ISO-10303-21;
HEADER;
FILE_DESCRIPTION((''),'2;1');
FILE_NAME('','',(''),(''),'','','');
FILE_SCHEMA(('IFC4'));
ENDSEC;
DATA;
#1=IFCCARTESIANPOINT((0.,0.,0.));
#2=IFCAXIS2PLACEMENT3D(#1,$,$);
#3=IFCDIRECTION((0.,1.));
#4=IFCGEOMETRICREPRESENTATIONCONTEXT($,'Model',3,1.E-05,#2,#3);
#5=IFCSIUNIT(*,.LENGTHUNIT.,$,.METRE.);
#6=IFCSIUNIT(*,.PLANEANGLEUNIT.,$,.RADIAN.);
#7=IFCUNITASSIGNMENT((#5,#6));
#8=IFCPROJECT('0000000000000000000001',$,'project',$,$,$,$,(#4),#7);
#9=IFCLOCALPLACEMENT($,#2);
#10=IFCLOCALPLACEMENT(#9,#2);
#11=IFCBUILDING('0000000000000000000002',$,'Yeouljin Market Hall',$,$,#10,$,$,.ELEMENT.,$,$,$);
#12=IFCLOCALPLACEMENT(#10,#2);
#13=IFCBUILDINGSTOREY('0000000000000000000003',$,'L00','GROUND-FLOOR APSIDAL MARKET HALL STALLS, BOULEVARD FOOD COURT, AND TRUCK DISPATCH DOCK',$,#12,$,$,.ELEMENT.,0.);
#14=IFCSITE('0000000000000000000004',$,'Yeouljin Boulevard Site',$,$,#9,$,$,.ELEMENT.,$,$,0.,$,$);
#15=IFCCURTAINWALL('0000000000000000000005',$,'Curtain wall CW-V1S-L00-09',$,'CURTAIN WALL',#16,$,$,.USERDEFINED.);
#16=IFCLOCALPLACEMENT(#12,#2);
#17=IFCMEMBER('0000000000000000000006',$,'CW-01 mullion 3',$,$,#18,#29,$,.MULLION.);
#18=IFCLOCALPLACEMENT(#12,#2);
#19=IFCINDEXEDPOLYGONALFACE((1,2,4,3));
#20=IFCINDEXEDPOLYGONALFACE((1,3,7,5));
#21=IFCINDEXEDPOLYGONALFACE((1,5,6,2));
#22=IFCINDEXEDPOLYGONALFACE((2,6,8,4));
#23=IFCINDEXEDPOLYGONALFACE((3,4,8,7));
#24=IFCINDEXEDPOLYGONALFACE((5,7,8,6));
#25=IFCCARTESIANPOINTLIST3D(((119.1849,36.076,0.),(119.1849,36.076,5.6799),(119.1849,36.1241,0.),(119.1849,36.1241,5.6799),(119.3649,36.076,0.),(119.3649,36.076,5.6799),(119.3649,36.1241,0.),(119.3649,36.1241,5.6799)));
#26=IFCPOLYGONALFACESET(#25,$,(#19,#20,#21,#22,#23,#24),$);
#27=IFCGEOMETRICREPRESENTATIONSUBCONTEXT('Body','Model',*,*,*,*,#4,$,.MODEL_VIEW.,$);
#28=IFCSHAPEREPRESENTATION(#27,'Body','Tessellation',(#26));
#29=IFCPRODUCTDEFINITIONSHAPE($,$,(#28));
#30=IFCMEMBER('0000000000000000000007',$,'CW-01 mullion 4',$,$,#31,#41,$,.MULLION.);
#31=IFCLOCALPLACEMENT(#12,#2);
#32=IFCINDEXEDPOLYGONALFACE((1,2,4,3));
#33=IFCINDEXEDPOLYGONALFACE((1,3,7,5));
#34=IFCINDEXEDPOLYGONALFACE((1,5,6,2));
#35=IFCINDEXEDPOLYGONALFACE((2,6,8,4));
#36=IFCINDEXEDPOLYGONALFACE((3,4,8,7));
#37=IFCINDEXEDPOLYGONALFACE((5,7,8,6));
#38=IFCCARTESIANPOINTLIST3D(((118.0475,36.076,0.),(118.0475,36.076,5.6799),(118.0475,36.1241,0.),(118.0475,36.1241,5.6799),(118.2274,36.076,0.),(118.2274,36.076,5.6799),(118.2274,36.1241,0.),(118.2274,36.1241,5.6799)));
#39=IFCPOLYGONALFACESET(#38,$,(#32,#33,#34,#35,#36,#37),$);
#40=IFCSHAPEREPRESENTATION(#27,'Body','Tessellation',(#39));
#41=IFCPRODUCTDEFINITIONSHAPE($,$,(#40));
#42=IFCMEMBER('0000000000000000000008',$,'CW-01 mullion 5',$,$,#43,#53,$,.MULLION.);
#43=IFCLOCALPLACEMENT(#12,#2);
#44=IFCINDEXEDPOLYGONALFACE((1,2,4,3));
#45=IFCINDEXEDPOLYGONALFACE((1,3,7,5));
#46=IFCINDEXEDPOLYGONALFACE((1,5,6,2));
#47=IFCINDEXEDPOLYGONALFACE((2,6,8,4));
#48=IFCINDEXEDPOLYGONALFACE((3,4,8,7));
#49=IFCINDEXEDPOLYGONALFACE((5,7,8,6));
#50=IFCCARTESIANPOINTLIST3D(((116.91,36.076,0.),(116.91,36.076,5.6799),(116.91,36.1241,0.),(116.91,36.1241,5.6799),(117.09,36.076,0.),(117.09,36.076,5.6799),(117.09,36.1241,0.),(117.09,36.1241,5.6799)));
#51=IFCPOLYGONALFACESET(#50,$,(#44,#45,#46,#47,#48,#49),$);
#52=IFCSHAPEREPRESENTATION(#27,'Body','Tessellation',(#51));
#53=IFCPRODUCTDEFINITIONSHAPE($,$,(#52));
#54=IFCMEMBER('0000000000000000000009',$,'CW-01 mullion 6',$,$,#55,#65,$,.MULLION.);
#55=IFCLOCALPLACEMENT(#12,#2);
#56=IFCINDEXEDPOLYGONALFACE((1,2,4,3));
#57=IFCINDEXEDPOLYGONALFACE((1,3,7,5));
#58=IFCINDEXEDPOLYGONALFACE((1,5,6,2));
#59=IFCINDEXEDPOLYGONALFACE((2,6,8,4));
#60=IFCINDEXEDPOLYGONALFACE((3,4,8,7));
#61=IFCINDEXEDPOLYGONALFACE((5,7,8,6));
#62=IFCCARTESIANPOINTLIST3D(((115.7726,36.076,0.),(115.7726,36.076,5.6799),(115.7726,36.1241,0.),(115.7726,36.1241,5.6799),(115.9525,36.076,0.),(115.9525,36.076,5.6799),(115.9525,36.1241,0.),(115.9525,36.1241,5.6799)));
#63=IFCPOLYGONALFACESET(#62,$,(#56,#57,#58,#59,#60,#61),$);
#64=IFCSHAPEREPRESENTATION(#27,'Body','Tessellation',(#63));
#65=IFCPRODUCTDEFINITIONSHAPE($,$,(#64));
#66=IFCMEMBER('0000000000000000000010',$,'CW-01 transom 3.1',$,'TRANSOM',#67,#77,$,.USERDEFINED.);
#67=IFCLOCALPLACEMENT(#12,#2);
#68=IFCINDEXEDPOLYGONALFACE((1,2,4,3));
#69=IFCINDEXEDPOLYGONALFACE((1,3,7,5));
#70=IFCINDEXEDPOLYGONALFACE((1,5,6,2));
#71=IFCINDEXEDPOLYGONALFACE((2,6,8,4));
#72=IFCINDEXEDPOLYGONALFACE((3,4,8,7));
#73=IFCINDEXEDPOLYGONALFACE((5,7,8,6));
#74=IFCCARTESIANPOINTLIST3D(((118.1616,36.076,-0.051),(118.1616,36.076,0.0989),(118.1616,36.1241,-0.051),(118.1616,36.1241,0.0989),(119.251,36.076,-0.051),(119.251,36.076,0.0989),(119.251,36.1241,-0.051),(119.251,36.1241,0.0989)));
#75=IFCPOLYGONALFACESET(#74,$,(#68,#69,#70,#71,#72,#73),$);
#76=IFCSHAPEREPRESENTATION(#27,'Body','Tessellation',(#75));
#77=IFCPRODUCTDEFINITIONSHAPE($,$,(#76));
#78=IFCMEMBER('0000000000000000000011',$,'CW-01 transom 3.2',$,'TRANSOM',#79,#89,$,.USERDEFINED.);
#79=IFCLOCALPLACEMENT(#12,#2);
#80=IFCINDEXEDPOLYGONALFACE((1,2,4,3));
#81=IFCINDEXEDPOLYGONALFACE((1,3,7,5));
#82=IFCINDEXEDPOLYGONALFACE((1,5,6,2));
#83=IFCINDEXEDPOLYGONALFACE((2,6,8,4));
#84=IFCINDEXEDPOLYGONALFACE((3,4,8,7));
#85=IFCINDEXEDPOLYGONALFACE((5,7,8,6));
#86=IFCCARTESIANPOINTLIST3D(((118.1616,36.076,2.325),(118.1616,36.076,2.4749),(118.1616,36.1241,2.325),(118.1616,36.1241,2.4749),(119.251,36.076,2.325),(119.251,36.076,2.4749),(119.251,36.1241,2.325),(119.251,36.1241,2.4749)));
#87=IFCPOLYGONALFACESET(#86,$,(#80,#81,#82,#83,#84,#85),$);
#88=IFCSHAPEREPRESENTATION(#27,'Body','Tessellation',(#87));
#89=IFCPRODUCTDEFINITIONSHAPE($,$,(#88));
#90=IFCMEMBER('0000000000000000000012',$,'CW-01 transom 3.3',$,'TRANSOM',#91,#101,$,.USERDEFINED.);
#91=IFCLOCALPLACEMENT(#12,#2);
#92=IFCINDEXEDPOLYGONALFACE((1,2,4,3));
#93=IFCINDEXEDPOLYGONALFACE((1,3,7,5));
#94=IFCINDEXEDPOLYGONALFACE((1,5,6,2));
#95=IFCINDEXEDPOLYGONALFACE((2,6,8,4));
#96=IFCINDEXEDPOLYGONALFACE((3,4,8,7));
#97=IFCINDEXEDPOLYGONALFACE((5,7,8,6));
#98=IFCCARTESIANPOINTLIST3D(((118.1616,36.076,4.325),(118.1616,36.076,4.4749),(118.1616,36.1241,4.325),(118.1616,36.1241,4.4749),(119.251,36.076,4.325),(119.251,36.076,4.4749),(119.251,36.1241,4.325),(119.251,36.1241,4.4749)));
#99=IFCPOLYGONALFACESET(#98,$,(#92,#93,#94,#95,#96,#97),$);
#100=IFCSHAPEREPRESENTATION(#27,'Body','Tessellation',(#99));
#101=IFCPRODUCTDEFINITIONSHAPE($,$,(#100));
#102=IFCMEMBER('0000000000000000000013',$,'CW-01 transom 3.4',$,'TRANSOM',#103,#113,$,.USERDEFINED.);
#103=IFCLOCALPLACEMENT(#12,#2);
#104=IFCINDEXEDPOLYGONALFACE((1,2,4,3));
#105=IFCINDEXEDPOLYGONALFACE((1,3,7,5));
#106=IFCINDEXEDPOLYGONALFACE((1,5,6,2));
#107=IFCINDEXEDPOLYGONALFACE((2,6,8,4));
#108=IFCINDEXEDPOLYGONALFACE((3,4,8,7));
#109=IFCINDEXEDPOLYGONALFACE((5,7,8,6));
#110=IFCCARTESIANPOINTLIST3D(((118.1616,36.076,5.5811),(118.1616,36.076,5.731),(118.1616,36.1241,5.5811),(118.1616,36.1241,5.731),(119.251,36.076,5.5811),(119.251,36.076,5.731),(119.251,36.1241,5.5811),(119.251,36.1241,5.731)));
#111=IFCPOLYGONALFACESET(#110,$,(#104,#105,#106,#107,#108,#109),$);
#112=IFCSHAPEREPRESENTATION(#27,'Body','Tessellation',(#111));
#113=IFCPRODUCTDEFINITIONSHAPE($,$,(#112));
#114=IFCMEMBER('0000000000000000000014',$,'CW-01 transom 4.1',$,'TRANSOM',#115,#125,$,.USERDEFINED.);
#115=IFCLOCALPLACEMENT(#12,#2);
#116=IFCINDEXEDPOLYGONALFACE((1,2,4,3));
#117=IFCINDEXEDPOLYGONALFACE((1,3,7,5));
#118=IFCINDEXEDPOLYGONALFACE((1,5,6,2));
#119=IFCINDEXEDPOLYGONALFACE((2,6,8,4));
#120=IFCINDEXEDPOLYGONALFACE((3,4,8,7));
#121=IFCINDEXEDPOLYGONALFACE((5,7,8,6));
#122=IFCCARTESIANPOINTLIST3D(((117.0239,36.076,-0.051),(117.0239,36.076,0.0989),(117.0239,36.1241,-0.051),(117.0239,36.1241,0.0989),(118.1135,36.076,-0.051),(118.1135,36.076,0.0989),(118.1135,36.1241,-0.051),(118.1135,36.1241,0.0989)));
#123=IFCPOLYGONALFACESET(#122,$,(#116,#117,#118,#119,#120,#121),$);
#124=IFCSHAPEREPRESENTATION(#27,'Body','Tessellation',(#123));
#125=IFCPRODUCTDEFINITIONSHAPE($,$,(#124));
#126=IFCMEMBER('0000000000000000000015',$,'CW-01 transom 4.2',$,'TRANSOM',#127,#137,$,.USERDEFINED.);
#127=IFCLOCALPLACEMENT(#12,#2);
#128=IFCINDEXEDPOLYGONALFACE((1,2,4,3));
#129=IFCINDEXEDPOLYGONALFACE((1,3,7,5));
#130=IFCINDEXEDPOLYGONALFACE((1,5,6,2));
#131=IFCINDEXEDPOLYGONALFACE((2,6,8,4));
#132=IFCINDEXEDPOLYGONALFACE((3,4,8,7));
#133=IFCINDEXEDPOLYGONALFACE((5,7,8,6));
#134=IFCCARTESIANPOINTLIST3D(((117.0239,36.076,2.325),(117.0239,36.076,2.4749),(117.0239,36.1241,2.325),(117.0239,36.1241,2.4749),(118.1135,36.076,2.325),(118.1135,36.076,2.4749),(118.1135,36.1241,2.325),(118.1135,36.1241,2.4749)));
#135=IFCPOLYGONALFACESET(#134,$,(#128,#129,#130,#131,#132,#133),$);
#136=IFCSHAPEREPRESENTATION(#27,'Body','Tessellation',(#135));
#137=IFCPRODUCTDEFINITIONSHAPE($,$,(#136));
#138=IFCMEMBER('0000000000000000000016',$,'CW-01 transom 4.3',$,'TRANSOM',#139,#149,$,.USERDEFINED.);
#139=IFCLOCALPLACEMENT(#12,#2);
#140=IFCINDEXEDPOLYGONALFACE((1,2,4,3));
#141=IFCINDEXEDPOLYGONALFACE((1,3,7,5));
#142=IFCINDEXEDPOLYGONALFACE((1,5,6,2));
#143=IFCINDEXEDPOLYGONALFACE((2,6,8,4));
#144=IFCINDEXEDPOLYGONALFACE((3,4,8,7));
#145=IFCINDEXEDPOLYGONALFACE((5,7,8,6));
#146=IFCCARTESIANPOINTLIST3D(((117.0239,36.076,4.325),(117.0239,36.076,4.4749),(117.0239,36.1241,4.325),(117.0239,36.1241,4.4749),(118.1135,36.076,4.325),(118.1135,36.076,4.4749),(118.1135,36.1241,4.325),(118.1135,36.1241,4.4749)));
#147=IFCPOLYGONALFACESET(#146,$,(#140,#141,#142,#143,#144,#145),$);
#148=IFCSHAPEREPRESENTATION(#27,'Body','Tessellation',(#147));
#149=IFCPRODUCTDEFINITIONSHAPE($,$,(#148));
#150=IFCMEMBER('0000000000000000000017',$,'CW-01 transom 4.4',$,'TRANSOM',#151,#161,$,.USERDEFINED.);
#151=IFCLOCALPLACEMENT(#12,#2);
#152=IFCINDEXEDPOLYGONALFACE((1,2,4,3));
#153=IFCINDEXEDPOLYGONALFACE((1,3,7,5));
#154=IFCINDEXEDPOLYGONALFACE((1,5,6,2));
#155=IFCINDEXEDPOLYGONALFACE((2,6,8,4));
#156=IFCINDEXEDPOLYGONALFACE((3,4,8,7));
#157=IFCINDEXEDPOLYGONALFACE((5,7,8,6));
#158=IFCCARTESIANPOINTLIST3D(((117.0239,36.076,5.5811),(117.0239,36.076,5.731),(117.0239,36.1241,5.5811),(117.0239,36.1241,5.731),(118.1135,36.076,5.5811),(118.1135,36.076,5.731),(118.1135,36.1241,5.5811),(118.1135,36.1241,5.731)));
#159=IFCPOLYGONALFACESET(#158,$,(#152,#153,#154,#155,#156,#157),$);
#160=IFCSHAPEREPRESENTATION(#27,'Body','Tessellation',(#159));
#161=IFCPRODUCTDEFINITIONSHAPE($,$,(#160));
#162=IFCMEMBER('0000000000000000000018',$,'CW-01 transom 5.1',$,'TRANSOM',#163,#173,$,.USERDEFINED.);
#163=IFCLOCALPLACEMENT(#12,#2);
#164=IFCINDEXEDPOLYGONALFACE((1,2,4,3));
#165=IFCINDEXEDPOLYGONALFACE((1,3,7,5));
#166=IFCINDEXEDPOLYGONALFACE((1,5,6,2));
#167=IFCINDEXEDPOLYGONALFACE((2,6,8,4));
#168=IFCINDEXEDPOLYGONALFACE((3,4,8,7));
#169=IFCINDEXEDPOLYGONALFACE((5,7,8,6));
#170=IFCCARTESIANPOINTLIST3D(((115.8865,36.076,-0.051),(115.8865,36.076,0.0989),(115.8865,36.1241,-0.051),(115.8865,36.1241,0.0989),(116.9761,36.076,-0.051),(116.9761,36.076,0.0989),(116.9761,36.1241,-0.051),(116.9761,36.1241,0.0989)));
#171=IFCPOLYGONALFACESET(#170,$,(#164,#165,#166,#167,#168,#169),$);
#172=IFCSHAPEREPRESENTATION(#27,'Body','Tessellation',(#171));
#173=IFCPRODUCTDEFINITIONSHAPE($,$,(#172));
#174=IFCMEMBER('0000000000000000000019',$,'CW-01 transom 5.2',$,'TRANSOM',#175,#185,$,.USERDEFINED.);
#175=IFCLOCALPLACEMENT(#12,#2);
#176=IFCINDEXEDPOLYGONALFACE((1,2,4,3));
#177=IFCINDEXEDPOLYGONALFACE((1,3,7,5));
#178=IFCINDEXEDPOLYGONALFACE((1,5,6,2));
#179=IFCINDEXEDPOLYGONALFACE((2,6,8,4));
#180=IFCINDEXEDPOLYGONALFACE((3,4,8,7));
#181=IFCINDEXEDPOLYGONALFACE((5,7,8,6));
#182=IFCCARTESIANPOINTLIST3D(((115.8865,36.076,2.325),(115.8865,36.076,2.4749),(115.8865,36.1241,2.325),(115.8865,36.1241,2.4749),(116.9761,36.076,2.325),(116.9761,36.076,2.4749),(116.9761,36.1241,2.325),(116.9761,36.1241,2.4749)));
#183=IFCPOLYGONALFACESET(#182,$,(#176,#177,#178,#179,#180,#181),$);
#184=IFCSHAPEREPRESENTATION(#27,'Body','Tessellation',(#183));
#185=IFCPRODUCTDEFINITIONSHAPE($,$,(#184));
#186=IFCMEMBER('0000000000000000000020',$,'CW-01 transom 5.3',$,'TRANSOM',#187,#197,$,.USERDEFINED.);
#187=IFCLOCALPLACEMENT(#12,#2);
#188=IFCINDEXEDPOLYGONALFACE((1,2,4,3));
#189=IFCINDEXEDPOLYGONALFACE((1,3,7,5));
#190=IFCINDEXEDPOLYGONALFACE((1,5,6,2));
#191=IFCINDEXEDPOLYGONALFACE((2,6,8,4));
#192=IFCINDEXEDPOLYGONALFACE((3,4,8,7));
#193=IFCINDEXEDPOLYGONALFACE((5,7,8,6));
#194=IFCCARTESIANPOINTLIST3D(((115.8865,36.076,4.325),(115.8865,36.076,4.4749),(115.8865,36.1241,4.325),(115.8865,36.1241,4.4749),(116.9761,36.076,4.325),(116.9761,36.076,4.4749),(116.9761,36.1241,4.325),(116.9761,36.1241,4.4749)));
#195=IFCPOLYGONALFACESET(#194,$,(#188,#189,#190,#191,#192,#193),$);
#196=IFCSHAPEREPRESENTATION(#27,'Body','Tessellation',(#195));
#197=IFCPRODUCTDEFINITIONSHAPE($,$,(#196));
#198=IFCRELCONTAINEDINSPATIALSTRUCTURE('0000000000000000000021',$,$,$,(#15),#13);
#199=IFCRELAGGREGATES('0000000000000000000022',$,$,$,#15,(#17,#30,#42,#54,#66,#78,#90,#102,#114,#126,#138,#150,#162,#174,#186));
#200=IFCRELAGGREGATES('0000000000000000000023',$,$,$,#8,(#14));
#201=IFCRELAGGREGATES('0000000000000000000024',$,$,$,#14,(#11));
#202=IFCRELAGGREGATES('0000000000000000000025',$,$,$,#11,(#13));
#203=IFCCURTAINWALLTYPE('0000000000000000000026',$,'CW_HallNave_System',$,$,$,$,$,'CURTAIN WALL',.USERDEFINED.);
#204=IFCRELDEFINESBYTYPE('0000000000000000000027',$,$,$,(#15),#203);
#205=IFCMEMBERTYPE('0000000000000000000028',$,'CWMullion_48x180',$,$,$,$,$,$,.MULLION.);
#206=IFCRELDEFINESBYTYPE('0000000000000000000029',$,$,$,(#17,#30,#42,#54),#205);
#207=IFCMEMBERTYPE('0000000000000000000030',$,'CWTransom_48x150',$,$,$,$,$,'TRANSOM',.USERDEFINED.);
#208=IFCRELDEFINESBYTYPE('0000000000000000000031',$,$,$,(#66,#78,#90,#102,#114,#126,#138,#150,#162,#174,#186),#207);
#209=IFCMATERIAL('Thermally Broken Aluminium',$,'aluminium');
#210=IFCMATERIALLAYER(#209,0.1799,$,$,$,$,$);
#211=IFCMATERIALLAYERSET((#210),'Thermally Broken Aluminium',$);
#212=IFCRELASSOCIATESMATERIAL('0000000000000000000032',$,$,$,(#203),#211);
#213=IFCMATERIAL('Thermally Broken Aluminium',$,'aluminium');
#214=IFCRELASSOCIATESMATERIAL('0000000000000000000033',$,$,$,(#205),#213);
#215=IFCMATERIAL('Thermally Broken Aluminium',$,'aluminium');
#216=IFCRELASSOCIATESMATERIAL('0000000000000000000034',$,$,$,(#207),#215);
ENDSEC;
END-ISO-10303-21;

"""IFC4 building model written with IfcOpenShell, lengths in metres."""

from ifc_helpers import new_model, si_unit, direction, frame, origin, origin_2d, place, context, subcontext, project, spatial, rectangle, extrude, material, layer, layer_set, material_profile, profile_set, type_object, element, aggregate, save


model = new_model("IFC4")

# Units and contexts
model_context = context("Model", 3, precision=1e-05, world=origin(), true_north=direction((0.0, 1.0)))
body_context = subcontext(model_context, "Body", "Model", "MODEL_VIEW")
ifc_project = project(units=[si_unit("LENGTHUNIT", "METRE"), si_unit("PLANEANGLEUNIT", "RADIAN")], contexts=[model_context])

# Site, building, storey
site_placement = place(None, origin())
site = spatial("IfcSite", under=ifc_project, at=site_placement, Name="Yeouljin Boulevard Site", CompositionType="ELEMENT", RefElevation=0.0)
building_placement = place(site_placement, origin())
building = spatial("IfcBuilding", under=site, at=building_placement, Name="Yeouljin Market Hall", CompositionType="ELEMENT")
storey_placement = place(building_placement, origin())
storey = spatial("IfcBuildingStorey", under=building, at=storey_placement, Name="L00", Description="GROUND-FLOOR APSIDAL MARKET HALL STALLS, BOULEVARD FOOD COURT, AND TRUCK DISPATCH DOCK", CompositionType="ELEMENT", Elevation=0.0)

# Curtain wall, members
ifc_material_1 = material(Name="Thermally Broken Aluminium", Category="aluminium")
ifc_layer_1 = layer(ifc_material_1, 0.1799)
ifc_layer_set_1 = layer_set([ifc_layer_1], Name="Thermally Broken Aluminium")
curtain_wall_type = type_object("IfcCurtainWallType", Name="CW_HallNave_System", ElementType="CURTAIN WALL", PredefinedType="USERDEFINED", material=ifc_layer_set_1)
curtain_wall_placement = place(storey_placement, origin())
curtain_wall = element("IfcCurtainWall", 1, at=curtain_wall_placement, inside=storey, type_object=curtain_wall_type, Name="Curtain wall CW-V1S-L00-09", ObjectType="CURTAIN WALL", PredefinedType="USERDEFINED")
ifc_material_2 = material(Name="Thermally Broken Aluminium", Category="aluminium")
ifc_material_profile_1 = material_profile(ifc_material_2, rectangle(XDim=0.0481, YDim=0.1799, at=origin_2d()), Name="CW-MULL-48x180")
ifc_profile_set_1 = profile_set([ifc_material_profile_1], Name="Thermally Broken Aluminium")
member_type_1 = type_object("IfcMemberType", Name="CWMullion_48x180", PredefinedType="MULLION", material=ifc_profile_set_1)
member_1_placement = place(storey_placement, frame((119.2749, 36.1001, 0.0), z_axis=(0.0, 0.0, 1.0), x_axis=(0.0, -1.0, 0.0)))
member_1 = element("IfcMember", 2, at=member_1_placement, type_object=member_type_1, Name="CW-01 mullion 3", PredefinedType="MULLION", context=body_context, shape_type="SweptSolid", body=[
    extrude(rectangle(XDim=0.0481, YDim=0.1799, at=origin_2d()), origin(), (0.0, 0.0, 1.0), 5.6799),
])
member_2_placement = place(storey_placement, frame((118.1375, 36.1001, 0.0), z_axis=(0.0, 0.0, 1.0), x_axis=(0.0, -1.0, 0.0)))
member_2 = element("IfcMember", 3, at=member_2_placement, type_object=member_type_1, Name="CW-01 mullion 4", PredefinedType="MULLION", context=body_context, shape_type="SweptSolid", body=[
    extrude(rectangle(XDim=0.0481, YDim=0.1799, at=origin_2d()), origin(), (0.0, 0.0, 1.0), 5.6799),
])
member_3_placement = place(storey_placement, frame((117.0, 36.1001, 0.0), z_axis=(0.0, 0.0, 1.0), x_axis=(0.0, -1.0, 0.0)))
member_3 = element("IfcMember", 4, at=member_3_placement, type_object=member_type_1, Name="CW-01 mullion 5", PredefinedType="MULLION", context=body_context, shape_type="SweptSolid", body=[
    extrude(rectangle(XDim=0.0481, YDim=0.1799, at=origin_2d()), origin(), (0.0, 0.0, 1.0), 5.6799),
])
member_4_placement = place(storey_placement, frame((115.8625, 36.1001, 0.0), z_axis=(0.0, 0.0, 1.0), x_axis=(0.0, -1.0, 0.0)))
member_4 = element("IfcMember", 5, at=member_4_placement, type_object=member_type_1, Name="CW-01 mullion 6", PredefinedType="MULLION", context=body_context, shape_type="SweptSolid", body=[
    extrude(rectangle(XDim=0.0481, YDim=0.1799, at=origin_2d()), origin(), (0.0, 0.0, 1.0), 5.6799),
])
ifc_material_3 = material(Name="Thermally Broken Aluminium", Category="aluminium")
ifc_material_profile_2 = material_profile(ifc_material_3, rectangle(XDim=0.0481, YDim=0.1499, at=origin_2d()), Name="CW-TRAN-48x150")
ifc_profile_set_2 = profile_set([ifc_material_profile_2], Name="Thermally Broken Aluminium")
member_type_2 = type_object("IfcMemberType", Name="CWTransom_48x150", ElementType="TRANSOM", PredefinedType="USERDEFINED", material=ifc_profile_set_2)
member_5_placement = place(storey_placement, frame((119.251, 36.1001, 0.0239), z_axis=(-1.0, 0.0, 0.0), x_axis=(0.0, -1.0, 0.0)))
member_5 = element("IfcMember", 6, at=member_5_placement, type_object=member_type_2, Name="CW-01 transom 3.1", ObjectType="TRANSOM", PredefinedType="USERDEFINED", context=body_context, shape_type="SweptSolid", body=[
    extrude(rectangle(XDim=0.0481, YDim=0.1499, at=origin_2d()), origin(), (0.0, 0.0, 1.0), 1.0894),
])
member_6_placement = place(storey_placement, frame((119.251, 36.1001, 2.3999), z_axis=(-1.0, 0.0, 0.0), x_axis=(0.0, -1.0, 0.0)))
member_6 = element("IfcMember", 7, at=member_6_placement, type_object=member_type_2, Name="CW-01 transom 3.2", ObjectType="TRANSOM", PredefinedType="USERDEFINED", context=body_context, shape_type="SweptSolid", body=[
    extrude(rectangle(XDim=0.0481, YDim=0.1499, at=origin_2d()), origin(), (0.0, 0.0, 1.0), 1.0894),
])
member_7_placement = place(storey_placement, frame((119.251, 36.1001, 4.3999), z_axis=(-1.0, 0.0, 0.0), x_axis=(0.0, -1.0, 0.0)))
member_7 = element("IfcMember", 8, at=member_7_placement, type_object=member_type_2, Name="CW-01 transom 3.3", ObjectType="TRANSOM", PredefinedType="USERDEFINED", context=body_context, shape_type="SweptSolid", body=[
    extrude(rectangle(XDim=0.0481, YDim=0.1499, at=origin_2d()), origin(), (0.0, 0.0, 1.0), 1.0894),
])
member_8_placement = place(storey_placement, frame((119.251, 36.1001, 5.656), z_axis=(-1.0, 0.0, 0.0), x_axis=(0.0, -1.0, 0.0)))
member_8 = element("IfcMember", 9, at=member_8_placement, type_object=member_type_2, Name="CW-01 transom 3.4", ObjectType="TRANSOM", PredefinedType="USERDEFINED", context=body_context, shape_type="SweptSolid", body=[
    extrude(rectangle(XDim=0.0481, YDim=0.1499, at=origin_2d()), origin(), (0.0, 0.0, 1.0), 1.0894),
])
member_9_placement = place(storey_placement, frame((118.1135, 36.1001, 0.0239), z_axis=(-1.0, 0.0, 0.0), x_axis=(0.0, -1.0, 0.0)))
member_9 = element("IfcMember", 10, at=member_9_placement, type_object=member_type_2, Name="CW-01 transom 4.1", ObjectType="TRANSOM", PredefinedType="USERDEFINED", context=body_context, shape_type="SweptSolid", body=[
    extrude(rectangle(XDim=0.0481, YDim=0.1499, at=origin_2d()), origin(), (0.0, 0.0, 1.0), 1.0896),
])
member_10_placement = place(storey_placement, frame((118.1135, 36.1001, 2.3999), z_axis=(-1.0, 0.0, 0.0), x_axis=(0.0, -1.0, 0.0)))
member_10 = element("IfcMember", 11, at=member_10_placement, type_object=member_type_2, Name="CW-01 transom 4.2", ObjectType="TRANSOM", PredefinedType="USERDEFINED", context=body_context, shape_type="SweptSolid", body=[
    extrude(rectangle(XDim=0.0481, YDim=0.1499, at=origin_2d()), origin(), (0.0, 0.0, 1.0), 1.0896),
])
member_11_placement = place(storey_placement, frame((118.1135, 36.1001, 4.3999), z_axis=(-1.0, 0.0, 0.0), x_axis=(0.0, -1.0, 0.0)))
member_11 = element("IfcMember", 12, at=member_11_placement, type_object=member_type_2, Name="CW-01 transom 4.3", ObjectType="TRANSOM", PredefinedType="USERDEFINED", context=body_context, shape_type="SweptSolid", body=[
    extrude(rectangle(XDim=0.0481, YDim=0.1499, at=origin_2d()), origin(), (0.0, 0.0, 1.0), 1.0896),
])
member_12_placement = place(storey_placement, frame((118.1135, 36.1001, 5.656), z_axis=(-1.0, 0.0, 0.0), x_axis=(0.0, -1.0, 0.0)))
member_12 = element("IfcMember", 13, at=member_12_placement, type_object=member_type_2, Name="CW-01 transom 4.4", ObjectType="TRANSOM", PredefinedType="USERDEFINED", context=body_context, shape_type="SweptSolid", body=[
    extrude(rectangle(XDim=0.0481, YDim=0.1499, at=origin_2d()), origin(), (0.0, 0.0, 1.0), 1.0896),
])
member_13_placement = place(storey_placement, frame((116.9761, 36.1001, 0.0239), z_axis=(-1.0, 0.0, 0.0), x_axis=(0.0, -1.0, 0.0)))
member_13 = element("IfcMember", 14, at=member_13_placement, type_object=member_type_2, Name="CW-01 transom 5.1", ObjectType="TRANSOM", PredefinedType="USERDEFINED", context=body_context, shape_type="SweptSolid", body=[
    extrude(rectangle(XDim=0.0481, YDim=0.1499, at=origin_2d()), origin(), (0.0, 0.0, 1.0), 1.0896),
])
member_14_placement = place(storey_placement, frame((116.9761, 36.1001, 2.3999), z_axis=(-1.0, 0.0, 0.0), x_axis=(0.0, -1.0, 0.0)))
member_14 = element("IfcMember", 15, at=member_14_placement, type_object=member_type_2, Name="CW-01 transom 5.2", ObjectType="TRANSOM", PredefinedType="USERDEFINED", context=body_context, shape_type="SweptSolid", body=[
    extrude(rectangle(XDim=0.0481, YDim=0.1499, at=origin_2d()), origin(), (0.0, 0.0, 1.0), 1.0896),
])
member_15_placement = place(storey_placement, frame((116.9761, 36.1001, 4.3999), z_axis=(-1.0, 0.0, 0.0), x_axis=(0.0, -1.0, 0.0)))
member_15 = element("IfcMember", 16, at=member_15_placement, type_object=member_type_2, Name="CW-01 transom 5.3", ObjectType="TRANSOM", PredefinedType="USERDEFINED", context=body_context, shape_type="SweptSolid", body=[
    extrude(rectangle(XDim=0.0481, YDim=0.1499, at=origin_2d()), origin(), (0.0, 0.0, 1.0), 1.0896),
])
aggregate(curtain_wall, [member_1, member_2, member_3, member_4, member_5, member_6, member_7, member_8, member_9, member_10, member_11, member_12, member_13, member_14, member_15])

save(model, "model.ifc")
